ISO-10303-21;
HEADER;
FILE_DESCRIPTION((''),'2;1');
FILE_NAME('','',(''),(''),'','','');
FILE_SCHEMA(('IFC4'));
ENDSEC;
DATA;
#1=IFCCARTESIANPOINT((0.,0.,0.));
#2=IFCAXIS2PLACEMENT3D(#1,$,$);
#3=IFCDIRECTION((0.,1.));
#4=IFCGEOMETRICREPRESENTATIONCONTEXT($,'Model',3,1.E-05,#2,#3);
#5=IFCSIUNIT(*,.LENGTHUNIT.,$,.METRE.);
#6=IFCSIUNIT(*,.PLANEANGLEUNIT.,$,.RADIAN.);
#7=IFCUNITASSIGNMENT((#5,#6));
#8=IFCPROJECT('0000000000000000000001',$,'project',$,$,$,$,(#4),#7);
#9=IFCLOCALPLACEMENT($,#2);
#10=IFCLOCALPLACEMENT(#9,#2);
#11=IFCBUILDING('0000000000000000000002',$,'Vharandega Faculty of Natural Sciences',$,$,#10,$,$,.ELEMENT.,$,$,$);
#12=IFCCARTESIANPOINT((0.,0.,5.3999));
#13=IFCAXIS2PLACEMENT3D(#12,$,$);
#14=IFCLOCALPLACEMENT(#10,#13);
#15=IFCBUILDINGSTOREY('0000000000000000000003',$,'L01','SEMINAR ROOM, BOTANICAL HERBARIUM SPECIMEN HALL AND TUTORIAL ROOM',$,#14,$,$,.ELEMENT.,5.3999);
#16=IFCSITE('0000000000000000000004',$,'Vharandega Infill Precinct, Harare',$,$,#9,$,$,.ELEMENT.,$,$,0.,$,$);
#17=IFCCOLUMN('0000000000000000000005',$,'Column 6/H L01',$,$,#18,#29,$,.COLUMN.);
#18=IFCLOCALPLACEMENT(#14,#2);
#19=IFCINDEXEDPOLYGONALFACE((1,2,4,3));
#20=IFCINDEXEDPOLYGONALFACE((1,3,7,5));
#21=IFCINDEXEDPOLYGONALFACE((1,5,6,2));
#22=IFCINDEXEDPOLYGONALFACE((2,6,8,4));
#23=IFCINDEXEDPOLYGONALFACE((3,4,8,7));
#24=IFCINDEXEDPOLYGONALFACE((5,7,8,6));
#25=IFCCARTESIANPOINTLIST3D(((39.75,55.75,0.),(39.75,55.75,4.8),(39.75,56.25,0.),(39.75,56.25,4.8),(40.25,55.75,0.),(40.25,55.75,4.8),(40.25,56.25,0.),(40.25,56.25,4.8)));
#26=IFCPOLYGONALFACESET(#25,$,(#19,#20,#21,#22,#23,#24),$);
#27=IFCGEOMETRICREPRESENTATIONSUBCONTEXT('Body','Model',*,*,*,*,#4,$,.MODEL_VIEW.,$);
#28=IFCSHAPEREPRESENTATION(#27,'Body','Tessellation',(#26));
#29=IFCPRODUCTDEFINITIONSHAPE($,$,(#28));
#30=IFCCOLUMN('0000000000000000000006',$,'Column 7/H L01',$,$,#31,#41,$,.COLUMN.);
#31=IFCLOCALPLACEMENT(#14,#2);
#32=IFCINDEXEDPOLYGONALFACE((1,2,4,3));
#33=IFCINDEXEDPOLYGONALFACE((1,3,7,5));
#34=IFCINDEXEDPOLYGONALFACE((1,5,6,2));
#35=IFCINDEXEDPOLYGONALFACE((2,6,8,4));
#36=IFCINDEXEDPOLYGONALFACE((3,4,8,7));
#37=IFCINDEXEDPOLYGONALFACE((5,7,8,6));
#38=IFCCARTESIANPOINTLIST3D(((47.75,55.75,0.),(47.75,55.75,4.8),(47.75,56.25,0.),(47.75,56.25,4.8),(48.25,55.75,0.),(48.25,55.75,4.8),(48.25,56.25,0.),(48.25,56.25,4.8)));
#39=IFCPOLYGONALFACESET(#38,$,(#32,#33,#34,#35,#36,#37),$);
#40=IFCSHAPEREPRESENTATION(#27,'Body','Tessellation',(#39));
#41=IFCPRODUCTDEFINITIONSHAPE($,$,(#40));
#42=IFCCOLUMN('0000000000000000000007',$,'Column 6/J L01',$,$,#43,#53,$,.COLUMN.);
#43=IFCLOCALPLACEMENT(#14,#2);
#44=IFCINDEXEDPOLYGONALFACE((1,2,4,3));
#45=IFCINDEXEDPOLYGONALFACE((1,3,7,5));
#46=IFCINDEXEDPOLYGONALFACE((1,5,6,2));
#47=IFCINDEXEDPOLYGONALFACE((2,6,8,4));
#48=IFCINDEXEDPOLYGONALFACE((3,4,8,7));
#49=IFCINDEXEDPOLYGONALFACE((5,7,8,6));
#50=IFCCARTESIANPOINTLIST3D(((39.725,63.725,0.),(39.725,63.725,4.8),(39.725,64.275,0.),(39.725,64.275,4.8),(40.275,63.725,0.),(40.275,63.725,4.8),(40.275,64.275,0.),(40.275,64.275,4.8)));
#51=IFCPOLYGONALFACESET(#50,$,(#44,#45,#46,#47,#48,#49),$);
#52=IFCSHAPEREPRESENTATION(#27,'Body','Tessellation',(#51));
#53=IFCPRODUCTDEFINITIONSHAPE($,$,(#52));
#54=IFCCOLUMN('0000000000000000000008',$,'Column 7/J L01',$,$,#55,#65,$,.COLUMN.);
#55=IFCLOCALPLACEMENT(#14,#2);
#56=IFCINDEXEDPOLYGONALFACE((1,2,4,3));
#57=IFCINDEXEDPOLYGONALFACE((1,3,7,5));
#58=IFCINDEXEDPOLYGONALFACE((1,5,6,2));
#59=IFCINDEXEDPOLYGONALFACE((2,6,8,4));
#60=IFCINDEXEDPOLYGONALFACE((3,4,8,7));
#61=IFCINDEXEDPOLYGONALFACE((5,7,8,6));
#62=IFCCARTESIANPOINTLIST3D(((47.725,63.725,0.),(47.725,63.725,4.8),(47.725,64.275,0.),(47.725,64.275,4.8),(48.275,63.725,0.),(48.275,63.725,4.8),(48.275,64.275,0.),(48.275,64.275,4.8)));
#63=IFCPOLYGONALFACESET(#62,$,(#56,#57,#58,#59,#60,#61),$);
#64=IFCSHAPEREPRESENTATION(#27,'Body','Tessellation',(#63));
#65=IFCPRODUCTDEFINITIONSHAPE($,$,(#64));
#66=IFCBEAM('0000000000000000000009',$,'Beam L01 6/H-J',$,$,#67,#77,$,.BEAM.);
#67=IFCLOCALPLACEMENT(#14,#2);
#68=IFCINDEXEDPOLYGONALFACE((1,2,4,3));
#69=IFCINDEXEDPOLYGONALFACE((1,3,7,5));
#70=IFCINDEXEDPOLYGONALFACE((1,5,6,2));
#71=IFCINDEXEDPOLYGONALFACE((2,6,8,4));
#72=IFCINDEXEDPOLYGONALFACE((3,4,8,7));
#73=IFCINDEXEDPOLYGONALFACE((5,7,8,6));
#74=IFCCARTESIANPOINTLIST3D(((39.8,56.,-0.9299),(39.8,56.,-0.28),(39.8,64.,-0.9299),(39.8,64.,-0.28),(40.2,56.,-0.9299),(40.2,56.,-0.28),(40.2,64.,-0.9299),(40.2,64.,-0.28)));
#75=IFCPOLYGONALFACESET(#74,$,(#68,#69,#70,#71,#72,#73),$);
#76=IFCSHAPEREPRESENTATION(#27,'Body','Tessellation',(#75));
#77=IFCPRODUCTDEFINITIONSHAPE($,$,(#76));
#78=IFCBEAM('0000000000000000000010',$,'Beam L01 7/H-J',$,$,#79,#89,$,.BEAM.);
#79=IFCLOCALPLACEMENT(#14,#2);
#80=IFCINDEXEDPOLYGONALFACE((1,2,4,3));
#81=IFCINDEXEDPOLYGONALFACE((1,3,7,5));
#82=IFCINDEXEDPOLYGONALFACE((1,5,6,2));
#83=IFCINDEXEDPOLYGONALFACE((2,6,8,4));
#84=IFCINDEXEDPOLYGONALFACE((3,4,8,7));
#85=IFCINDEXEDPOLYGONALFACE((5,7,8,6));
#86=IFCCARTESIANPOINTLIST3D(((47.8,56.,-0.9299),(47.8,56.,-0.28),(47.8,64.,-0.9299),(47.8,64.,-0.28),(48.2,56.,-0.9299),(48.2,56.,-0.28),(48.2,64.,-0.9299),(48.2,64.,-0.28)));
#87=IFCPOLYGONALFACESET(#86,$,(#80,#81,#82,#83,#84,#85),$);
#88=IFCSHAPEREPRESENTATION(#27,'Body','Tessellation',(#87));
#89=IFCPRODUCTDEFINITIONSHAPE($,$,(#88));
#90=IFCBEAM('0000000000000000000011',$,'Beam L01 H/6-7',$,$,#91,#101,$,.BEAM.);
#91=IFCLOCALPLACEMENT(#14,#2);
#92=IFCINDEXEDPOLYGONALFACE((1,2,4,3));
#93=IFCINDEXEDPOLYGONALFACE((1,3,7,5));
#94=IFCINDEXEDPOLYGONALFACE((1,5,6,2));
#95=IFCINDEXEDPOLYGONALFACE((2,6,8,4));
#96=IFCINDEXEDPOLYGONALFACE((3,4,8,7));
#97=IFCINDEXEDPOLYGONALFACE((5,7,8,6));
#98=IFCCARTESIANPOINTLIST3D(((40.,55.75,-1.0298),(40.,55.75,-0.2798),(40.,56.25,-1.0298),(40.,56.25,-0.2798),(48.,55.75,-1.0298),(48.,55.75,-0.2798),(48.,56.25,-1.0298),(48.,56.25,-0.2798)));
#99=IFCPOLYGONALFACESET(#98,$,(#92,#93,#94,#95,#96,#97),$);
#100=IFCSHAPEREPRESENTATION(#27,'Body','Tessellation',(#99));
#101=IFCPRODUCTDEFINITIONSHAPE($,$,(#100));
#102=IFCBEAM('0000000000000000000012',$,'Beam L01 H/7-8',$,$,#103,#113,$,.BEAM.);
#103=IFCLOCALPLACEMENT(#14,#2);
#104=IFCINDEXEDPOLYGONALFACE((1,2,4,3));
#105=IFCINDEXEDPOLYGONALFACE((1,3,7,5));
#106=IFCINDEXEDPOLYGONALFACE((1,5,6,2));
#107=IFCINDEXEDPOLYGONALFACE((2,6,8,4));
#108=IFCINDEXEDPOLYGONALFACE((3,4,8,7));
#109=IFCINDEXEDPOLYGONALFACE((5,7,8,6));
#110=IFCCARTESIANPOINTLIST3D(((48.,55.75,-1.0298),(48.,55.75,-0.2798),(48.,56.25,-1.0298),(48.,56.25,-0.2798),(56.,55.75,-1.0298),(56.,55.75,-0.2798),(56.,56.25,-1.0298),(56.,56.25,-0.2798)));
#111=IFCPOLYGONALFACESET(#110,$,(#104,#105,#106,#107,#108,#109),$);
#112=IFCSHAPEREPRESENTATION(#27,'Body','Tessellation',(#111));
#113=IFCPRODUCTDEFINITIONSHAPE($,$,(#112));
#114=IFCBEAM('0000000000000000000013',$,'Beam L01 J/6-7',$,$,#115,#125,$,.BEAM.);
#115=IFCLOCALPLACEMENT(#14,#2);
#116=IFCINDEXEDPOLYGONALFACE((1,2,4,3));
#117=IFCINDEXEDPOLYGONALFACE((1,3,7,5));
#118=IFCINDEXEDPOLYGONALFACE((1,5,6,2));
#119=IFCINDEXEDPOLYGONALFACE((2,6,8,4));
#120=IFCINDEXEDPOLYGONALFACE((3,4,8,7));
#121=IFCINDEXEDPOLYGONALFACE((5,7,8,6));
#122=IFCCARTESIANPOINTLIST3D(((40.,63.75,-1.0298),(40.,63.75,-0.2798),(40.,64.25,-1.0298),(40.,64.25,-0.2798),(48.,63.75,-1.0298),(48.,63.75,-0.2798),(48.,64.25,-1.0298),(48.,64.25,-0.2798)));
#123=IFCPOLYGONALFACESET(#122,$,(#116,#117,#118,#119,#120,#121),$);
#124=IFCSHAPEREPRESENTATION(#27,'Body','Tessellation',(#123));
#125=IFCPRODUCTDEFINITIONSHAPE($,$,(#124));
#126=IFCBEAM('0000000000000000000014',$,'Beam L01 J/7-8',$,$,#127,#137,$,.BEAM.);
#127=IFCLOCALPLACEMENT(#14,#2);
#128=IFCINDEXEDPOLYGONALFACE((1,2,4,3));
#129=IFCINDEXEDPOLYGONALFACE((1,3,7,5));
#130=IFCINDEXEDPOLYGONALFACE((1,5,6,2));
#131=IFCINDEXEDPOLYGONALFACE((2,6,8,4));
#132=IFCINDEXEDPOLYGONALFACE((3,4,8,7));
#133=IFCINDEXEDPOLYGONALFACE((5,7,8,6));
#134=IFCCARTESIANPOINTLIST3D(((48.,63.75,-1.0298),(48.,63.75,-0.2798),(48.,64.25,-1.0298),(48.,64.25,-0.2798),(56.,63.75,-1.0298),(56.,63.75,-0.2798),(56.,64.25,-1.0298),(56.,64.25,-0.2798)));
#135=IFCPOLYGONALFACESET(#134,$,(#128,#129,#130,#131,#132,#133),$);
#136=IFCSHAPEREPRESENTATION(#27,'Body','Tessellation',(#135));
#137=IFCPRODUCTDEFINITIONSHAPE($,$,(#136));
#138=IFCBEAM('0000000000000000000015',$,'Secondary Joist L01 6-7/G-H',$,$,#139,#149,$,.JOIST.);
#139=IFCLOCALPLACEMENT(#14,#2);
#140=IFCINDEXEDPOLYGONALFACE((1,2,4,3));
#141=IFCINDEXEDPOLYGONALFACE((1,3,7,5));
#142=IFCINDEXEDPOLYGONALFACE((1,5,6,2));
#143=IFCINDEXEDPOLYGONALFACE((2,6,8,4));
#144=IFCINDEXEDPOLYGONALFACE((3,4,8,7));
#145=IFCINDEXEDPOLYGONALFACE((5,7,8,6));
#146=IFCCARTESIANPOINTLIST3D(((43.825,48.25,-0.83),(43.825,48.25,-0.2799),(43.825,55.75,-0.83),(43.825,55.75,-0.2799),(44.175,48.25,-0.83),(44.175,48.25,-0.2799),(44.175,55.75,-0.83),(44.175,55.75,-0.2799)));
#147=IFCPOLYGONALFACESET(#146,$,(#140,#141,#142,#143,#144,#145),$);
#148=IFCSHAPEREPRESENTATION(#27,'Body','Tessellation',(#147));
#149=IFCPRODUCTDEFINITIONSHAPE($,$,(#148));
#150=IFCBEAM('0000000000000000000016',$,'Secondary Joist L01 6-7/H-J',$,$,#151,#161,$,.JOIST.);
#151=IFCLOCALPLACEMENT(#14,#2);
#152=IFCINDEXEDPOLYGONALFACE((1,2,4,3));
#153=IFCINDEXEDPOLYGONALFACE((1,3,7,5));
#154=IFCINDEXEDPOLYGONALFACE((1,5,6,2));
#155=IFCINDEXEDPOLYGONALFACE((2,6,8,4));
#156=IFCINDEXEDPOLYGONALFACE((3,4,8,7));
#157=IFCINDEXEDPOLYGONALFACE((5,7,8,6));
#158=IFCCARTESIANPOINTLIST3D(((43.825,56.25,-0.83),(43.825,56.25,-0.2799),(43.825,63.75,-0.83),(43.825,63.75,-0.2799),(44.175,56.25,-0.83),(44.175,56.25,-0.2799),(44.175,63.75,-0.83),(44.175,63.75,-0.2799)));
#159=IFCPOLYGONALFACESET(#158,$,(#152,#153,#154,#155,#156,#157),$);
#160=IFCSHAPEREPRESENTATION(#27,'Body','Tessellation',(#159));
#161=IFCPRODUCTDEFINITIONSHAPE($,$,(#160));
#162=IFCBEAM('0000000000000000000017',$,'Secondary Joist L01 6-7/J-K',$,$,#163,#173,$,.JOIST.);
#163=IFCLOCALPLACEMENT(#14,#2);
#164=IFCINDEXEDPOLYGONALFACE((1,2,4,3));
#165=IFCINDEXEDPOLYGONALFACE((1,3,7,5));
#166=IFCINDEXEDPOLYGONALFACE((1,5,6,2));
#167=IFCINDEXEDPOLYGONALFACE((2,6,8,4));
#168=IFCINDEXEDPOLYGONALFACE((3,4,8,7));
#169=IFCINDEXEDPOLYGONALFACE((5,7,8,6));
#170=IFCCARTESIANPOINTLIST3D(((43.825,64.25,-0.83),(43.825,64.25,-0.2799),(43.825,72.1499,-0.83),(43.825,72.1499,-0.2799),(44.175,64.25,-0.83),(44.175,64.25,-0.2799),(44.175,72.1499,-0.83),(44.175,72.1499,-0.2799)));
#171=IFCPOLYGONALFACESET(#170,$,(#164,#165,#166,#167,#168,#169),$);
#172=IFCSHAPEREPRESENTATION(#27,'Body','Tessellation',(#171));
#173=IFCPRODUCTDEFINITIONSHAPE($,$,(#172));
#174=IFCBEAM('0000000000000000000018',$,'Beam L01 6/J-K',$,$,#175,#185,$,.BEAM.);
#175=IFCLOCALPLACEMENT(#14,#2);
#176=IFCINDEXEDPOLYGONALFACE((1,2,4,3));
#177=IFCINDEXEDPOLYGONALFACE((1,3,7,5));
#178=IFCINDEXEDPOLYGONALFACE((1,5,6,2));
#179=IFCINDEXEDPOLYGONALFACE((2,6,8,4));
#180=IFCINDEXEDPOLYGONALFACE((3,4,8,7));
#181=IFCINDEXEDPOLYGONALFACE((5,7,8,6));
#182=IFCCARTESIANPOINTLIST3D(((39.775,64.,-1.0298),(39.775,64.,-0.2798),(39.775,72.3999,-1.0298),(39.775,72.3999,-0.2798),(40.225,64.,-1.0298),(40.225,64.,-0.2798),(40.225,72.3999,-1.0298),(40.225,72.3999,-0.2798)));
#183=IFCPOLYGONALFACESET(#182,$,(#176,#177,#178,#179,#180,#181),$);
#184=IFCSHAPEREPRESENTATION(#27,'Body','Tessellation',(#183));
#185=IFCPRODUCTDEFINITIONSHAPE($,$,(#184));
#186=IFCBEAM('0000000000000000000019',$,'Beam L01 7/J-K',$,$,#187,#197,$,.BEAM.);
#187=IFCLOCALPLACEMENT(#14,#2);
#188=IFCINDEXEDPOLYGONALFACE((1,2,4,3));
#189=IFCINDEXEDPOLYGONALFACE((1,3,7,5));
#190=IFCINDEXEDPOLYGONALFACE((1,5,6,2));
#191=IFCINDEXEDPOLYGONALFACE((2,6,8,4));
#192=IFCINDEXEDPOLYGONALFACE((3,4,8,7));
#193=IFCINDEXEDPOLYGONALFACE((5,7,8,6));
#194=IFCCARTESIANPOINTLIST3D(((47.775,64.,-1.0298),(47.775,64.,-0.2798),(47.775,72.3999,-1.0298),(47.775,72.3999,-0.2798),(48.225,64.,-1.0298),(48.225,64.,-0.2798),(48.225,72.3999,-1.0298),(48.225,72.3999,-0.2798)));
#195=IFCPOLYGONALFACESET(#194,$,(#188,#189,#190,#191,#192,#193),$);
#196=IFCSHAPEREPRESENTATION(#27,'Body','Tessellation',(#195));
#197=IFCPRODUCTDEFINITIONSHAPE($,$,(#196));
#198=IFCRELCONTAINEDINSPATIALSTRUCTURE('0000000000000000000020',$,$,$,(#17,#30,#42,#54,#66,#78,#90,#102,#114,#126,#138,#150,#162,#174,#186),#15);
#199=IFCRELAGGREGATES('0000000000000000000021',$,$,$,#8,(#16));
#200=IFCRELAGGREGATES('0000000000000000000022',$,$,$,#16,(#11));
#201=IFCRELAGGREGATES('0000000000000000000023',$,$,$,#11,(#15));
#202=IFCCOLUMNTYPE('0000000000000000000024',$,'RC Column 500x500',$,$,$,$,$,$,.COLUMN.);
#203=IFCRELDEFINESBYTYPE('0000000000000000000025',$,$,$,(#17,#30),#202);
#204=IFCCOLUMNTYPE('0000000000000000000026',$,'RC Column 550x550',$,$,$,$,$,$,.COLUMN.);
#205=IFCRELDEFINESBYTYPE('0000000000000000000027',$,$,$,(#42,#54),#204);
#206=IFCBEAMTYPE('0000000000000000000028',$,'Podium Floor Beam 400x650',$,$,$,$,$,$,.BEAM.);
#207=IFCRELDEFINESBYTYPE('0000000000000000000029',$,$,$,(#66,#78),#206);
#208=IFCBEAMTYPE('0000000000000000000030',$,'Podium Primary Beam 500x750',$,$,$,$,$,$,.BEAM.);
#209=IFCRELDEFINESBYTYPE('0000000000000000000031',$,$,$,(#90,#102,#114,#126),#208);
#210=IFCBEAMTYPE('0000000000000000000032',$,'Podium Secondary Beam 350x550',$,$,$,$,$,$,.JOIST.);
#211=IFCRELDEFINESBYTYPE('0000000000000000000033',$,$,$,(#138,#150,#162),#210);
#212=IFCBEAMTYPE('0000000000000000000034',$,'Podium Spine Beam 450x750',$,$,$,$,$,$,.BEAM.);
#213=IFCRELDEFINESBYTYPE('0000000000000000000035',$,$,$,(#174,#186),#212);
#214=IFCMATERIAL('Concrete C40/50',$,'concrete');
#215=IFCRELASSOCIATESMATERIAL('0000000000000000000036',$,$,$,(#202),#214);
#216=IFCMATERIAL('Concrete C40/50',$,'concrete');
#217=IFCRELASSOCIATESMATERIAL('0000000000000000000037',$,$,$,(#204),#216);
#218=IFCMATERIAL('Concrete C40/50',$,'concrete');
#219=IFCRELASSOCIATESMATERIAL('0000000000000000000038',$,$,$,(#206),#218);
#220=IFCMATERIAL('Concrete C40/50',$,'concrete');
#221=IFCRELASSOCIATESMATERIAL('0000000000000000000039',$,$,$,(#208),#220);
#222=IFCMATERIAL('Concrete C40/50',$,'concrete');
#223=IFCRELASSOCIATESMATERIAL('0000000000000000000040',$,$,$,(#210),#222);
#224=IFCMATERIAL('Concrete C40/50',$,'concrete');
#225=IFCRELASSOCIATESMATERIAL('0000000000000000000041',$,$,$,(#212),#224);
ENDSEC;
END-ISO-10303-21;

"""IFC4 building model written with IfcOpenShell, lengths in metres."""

from ifc_helpers import new_model, si_unit, direction, frame, origin, origin_2d, place, context, subcontext, project, spatial, rectangle, extrude, material, material_profile, profile_set, type_object, element, save


model = new_model("IFC4")

# Units and contexts
model_context = context("Model", 3, precision=1e-05, world=origin(), true_north=direction((0.0, 1.0)))
body_context = subcontext(model_context, "Body", "Model", "MODEL_VIEW")
ifc_project = project(units=[si_unit("LENGTHUNIT", "METRE"), si_unit("PLANEANGLEUNIT", "RADIAN")], contexts=[model_context])

# Site, building, storey
site_placement = place(None, origin())
site = spatial("IfcSite", under=ifc_project, at=site_placement, Name="Vharandega Infill Precinct, Harare", CompositionType="ELEMENT", RefElevation=0.0)
building_placement = place(site_placement, origin())
building = spatial("IfcBuilding", under=site, at=building_placement, Name="Vharandega Faculty of Natural Sciences", CompositionType="ELEMENT")
storey_placement = place(building_placement, frame((0.0, 0.0, 5.3999)))
storey = spatial("IfcBuildingStorey", under=building, at=storey_placement, Name="L01", Description="SEMINAR ROOM, BOTANICAL HERBARIUM SPECIMEN HALL AND TUTORIAL ROOM", CompositionType="ELEMENT", Elevation=5.3999)

# Columns
ifc_material_1 = material(Name="Concrete C40/50", Category="concrete")
ifc_material_profile_1 = material_profile(ifc_material_1, rectangle(XDim=0.5, YDim=0.5, at=origin_2d()), Name="RC 500x500")
ifc_profile_set_1 = profile_set([ifc_material_profile_1], Name="Concrete C40/50")
column_type_1 = type_object("IfcColumnType", Name="RC Column 500x500", PredefinedType="COLUMN", material=ifc_profile_set_1)
for number, where, z_axis, x_axis, name in (
    (1, (40.0, 56.0, 0.0), (0.0, 0.0, 1.0), (1.0, 0.0, 0.0), "Column 6/H L01"),
    (2, (48.0, 56.0, 0.0), (0.0, 0.0, 1.0), (1.0, 0.0, 0.0), "Column 7/H L01"),
):
    element("IfcColumn", number, at=place(storey_placement, frame(where, z_axis=z_axis, x_axis=x_axis)), inside=storey, type_object=column_type_1, Name=name, PredefinedType="COLUMN", context=body_context, shape_type="SweptSolid", body=[
        extrude(rectangle(XDim=0.5, YDim=0.5, at=origin_2d()), origin(), (0.0, 0.0, 1.0), 4.8),
    ])
ifc_material_2 = material(Name="Concrete C40/50", Category="concrete")
ifc_material_profile_2 = material_profile(ifc_material_2, rectangle(XDim=0.55, YDim=0.55, at=origin_2d()), Name="RC 550x550")
ifc_profile_set_2 = profile_set([ifc_material_profile_2], Name="Concrete C40/50")
column_type_2 = type_object("IfcColumnType", Name="RC Column 550x550", PredefinedType="COLUMN", material=ifc_profile_set_2)
for number, where, z_axis, x_axis, name in (
    (3, (40.0, 64.0, 0.0), (0.0, 0.0, 1.0), (1.0, 0.0, 0.0), "Column 6/J L01"),
    (4, (48.0, 64.0, 0.0), (0.0, 0.0, 1.0), (1.0, 0.0, 0.0), "Column 7/J L01"),
):
    element("IfcColumn", number, at=place(storey_placement, frame(where, z_axis=z_axis, x_axis=x_axis)), inside=storey, type_object=column_type_2, Name=name, PredefinedType="COLUMN", context=body_context, shape_type="SweptSolid", body=[
        extrude(rectangle(XDim=0.55, YDim=0.55, at=origin_2d()), origin(), (0.0, 0.0, 1.0), 4.8),
    ])

# Beams
ifc_material_3 = material(Name="Concrete C40/50", Category="concrete")
ifc_material_profile_3 = material_profile(ifc_material_3, rectangle(XDim=0.3999, YDim=0.6499, at=origin_2d()), Name="RC 400x650")
ifc_profile_set_3 = profile_set([ifc_material_profile_3], Name="Concrete C40/50")
beam_type_1 = type_object("IfcBeamType", Name="Podium Floor Beam 400x650", PredefinedType="BEAM", material=ifc_profile_set_3)
for number, where, z_axis, x_axis, name in (
    (5, (40.0, 56.0, -0.605), (0.0, 1.0, 0.0), (-1.0, 0.0, 0.0), "Beam L01 6/H-J"),
    (6, (48.0, 56.0, -0.605), (0.0, 1.0, 0.0), (-1.0, 0.0, 0.0), "Beam L01 7/H-J"),
):
    element("IfcBeam", number, at=place(storey_placement, frame(where, z_axis=z_axis, x_axis=x_axis)), inside=storey, type_object=beam_type_1, Name=name, PredefinedType="BEAM", context=body_context, shape_type="SweptSolid", body=[
        extrude(rectangle(XDim=0.3999, YDim=0.6499, at=origin_2d()), origin(), (0.0, 0.0, 1.0), 8.0),
    ])
ifc_material_4 = material(Name="Concrete C40/50", Category="concrete")
ifc_material_profile_4 = material_profile(ifc_material_4, rectangle(XDim=0.5, YDim=0.75, at=origin_2d()), Name="RC 500x750")
ifc_profile_set_4 = profile_set([ifc_material_profile_4], Name="Concrete C40/50")
beam_type_2 = type_object("IfcBeamType", Name="Podium Primary Beam 500x750", PredefinedType="BEAM", material=ifc_profile_set_4)
for number, where, z_axis, x_axis, name in (
    (7, (40.0, 56.0, -0.6548), (1.0, 0.0, 0.0), (0.0, 1.0, 0.0), "Beam L01 H/6-7"),
    (8, (48.0, 56.0, -0.6548), (1.0, 0.0, 0.0), (0.0, 1.0, 0.0), "Beam L01 H/7-8"),
    (9, (40.0, 64.0, -0.6548), (1.0, 0.0, 0.0), (0.0, 1.0, 0.0), "Beam L01 J/6-7"),
    (10, (48.0, 64.0, -0.6548), (1.0, 0.0, 0.0), (0.0, 1.0, 0.0), "Beam L01 J/7-8"),
):
    element("IfcBeam", number, at=place(storey_placement, frame(where, z_axis=z_axis, x_axis=x_axis)), inside=storey, type_object=beam_type_2, Name=name, PredefinedType="BEAM", context=body_context, shape_type="SweptSolid", body=[
        extrude(rectangle(XDim=0.5, YDim=0.75, at=origin_2d()), origin(), (0.0, 0.0, 1.0), 8.0),
    ])
ifc_material_5 = material(Name="Concrete C40/50", Category="concrete")
ifc_material_profile_5 = material_profile(ifc_material_5, rectangle(XDim=0.3501, YDim=0.55, at=origin_2d()), Name="RC 350x550")
ifc_profile_set_5 = profile_set([ifc_material_profile_5], Name="Concrete C40/50")
beam_type_3 = type_object("IfcBeamType", Name="Podium Secondary Beam 350x550", PredefinedType="JOIST", material=ifc_profile_set_5)
for number, where, z_axis, x_axis, name in (
    (11, (44.0, 48.25, -0.5549), (0.0, 1.0, 0.0), (-1.0, 0.0, 0.0), "Secondary Joist L01 6-7/G-H"),
    (12, (44.0, 56.25, -0.5549), (0.0, 1.0, 0.0), (-1.0, 0.0, 0.0), "Secondary Joist L01 6-7/H-J"),
):
    element("IfcBeam", number, at=place(storey_placement, frame(where, z_axis=z_axis, x_axis=x_axis)), inside=storey, type_object=beam_type_3, Name=name, PredefinedType="JOIST", context=body_context, shape_type="SweptSolid", body=[
        extrude(rectangle(XDim=0.3501, YDim=0.55, at=origin_2d()), origin(), (0.0, 0.0, 1.0), 7.5),
    ])
beam_placement = place(storey_placement, frame((44.0, 64.25, -0.5549), z_axis=(0.0, 1.0, 0.0), x_axis=(-1.0, 0.0, 0.0)))
element("IfcBeam", 13, at=beam_placement, inside=storey, type_object=beam_type_3, Name="Secondary Joist L01 6-7/J-K", PredefinedType="JOIST", context=body_context, shape_type="SweptSolid", body=[
    extrude(rectangle(XDim=0.3501, YDim=0.55, at=origin_2d()), origin(), (0.0, 0.0, 1.0), 7.8999),
])
ifc_material_6 = material(Name="Concrete C40/50", Category="concrete")
ifc_material_profile_6 = material_profile(ifc_material_6, rectangle(XDim=0.45, YDim=0.75, at=origin_2d()), Name="RC 450x750")
ifc_profile_set_6 = profile_set([ifc_material_profile_6], Name="Concrete C40/50")
beam_type_4 = type_object("IfcBeamType", Name="Podium Spine Beam 450x750", PredefinedType="BEAM", material=ifc_profile_set_6)
for number, where, z_axis, x_axis, name in (
    (14, (40.0, 64.0, -0.6548), (0.0, 1.0, 0.0), (-1.0, 0.0, 0.0), "Beam L01 6/J-K"),
    (15, (48.0, 64.0, -0.6548), (0.0, 1.0, 0.0), (-1.0, 0.0, 0.0), "Beam L01 7/J-K"),
):
    element("IfcBeam", number, at=place(storey_placement, frame(where, z_axis=z_axis, x_axis=x_axis)), inside=storey, type_object=beam_type_4, Name=name, PredefinedType="BEAM", context=body_context, shape_type="SweptSolid", body=[
        extrude(rectangle(XDim=0.45, YDim=0.75, at=origin_2d()), origin(), (0.0, 0.0, 1.0), 8.3999),
    ])

save(model, "model.ifc")
